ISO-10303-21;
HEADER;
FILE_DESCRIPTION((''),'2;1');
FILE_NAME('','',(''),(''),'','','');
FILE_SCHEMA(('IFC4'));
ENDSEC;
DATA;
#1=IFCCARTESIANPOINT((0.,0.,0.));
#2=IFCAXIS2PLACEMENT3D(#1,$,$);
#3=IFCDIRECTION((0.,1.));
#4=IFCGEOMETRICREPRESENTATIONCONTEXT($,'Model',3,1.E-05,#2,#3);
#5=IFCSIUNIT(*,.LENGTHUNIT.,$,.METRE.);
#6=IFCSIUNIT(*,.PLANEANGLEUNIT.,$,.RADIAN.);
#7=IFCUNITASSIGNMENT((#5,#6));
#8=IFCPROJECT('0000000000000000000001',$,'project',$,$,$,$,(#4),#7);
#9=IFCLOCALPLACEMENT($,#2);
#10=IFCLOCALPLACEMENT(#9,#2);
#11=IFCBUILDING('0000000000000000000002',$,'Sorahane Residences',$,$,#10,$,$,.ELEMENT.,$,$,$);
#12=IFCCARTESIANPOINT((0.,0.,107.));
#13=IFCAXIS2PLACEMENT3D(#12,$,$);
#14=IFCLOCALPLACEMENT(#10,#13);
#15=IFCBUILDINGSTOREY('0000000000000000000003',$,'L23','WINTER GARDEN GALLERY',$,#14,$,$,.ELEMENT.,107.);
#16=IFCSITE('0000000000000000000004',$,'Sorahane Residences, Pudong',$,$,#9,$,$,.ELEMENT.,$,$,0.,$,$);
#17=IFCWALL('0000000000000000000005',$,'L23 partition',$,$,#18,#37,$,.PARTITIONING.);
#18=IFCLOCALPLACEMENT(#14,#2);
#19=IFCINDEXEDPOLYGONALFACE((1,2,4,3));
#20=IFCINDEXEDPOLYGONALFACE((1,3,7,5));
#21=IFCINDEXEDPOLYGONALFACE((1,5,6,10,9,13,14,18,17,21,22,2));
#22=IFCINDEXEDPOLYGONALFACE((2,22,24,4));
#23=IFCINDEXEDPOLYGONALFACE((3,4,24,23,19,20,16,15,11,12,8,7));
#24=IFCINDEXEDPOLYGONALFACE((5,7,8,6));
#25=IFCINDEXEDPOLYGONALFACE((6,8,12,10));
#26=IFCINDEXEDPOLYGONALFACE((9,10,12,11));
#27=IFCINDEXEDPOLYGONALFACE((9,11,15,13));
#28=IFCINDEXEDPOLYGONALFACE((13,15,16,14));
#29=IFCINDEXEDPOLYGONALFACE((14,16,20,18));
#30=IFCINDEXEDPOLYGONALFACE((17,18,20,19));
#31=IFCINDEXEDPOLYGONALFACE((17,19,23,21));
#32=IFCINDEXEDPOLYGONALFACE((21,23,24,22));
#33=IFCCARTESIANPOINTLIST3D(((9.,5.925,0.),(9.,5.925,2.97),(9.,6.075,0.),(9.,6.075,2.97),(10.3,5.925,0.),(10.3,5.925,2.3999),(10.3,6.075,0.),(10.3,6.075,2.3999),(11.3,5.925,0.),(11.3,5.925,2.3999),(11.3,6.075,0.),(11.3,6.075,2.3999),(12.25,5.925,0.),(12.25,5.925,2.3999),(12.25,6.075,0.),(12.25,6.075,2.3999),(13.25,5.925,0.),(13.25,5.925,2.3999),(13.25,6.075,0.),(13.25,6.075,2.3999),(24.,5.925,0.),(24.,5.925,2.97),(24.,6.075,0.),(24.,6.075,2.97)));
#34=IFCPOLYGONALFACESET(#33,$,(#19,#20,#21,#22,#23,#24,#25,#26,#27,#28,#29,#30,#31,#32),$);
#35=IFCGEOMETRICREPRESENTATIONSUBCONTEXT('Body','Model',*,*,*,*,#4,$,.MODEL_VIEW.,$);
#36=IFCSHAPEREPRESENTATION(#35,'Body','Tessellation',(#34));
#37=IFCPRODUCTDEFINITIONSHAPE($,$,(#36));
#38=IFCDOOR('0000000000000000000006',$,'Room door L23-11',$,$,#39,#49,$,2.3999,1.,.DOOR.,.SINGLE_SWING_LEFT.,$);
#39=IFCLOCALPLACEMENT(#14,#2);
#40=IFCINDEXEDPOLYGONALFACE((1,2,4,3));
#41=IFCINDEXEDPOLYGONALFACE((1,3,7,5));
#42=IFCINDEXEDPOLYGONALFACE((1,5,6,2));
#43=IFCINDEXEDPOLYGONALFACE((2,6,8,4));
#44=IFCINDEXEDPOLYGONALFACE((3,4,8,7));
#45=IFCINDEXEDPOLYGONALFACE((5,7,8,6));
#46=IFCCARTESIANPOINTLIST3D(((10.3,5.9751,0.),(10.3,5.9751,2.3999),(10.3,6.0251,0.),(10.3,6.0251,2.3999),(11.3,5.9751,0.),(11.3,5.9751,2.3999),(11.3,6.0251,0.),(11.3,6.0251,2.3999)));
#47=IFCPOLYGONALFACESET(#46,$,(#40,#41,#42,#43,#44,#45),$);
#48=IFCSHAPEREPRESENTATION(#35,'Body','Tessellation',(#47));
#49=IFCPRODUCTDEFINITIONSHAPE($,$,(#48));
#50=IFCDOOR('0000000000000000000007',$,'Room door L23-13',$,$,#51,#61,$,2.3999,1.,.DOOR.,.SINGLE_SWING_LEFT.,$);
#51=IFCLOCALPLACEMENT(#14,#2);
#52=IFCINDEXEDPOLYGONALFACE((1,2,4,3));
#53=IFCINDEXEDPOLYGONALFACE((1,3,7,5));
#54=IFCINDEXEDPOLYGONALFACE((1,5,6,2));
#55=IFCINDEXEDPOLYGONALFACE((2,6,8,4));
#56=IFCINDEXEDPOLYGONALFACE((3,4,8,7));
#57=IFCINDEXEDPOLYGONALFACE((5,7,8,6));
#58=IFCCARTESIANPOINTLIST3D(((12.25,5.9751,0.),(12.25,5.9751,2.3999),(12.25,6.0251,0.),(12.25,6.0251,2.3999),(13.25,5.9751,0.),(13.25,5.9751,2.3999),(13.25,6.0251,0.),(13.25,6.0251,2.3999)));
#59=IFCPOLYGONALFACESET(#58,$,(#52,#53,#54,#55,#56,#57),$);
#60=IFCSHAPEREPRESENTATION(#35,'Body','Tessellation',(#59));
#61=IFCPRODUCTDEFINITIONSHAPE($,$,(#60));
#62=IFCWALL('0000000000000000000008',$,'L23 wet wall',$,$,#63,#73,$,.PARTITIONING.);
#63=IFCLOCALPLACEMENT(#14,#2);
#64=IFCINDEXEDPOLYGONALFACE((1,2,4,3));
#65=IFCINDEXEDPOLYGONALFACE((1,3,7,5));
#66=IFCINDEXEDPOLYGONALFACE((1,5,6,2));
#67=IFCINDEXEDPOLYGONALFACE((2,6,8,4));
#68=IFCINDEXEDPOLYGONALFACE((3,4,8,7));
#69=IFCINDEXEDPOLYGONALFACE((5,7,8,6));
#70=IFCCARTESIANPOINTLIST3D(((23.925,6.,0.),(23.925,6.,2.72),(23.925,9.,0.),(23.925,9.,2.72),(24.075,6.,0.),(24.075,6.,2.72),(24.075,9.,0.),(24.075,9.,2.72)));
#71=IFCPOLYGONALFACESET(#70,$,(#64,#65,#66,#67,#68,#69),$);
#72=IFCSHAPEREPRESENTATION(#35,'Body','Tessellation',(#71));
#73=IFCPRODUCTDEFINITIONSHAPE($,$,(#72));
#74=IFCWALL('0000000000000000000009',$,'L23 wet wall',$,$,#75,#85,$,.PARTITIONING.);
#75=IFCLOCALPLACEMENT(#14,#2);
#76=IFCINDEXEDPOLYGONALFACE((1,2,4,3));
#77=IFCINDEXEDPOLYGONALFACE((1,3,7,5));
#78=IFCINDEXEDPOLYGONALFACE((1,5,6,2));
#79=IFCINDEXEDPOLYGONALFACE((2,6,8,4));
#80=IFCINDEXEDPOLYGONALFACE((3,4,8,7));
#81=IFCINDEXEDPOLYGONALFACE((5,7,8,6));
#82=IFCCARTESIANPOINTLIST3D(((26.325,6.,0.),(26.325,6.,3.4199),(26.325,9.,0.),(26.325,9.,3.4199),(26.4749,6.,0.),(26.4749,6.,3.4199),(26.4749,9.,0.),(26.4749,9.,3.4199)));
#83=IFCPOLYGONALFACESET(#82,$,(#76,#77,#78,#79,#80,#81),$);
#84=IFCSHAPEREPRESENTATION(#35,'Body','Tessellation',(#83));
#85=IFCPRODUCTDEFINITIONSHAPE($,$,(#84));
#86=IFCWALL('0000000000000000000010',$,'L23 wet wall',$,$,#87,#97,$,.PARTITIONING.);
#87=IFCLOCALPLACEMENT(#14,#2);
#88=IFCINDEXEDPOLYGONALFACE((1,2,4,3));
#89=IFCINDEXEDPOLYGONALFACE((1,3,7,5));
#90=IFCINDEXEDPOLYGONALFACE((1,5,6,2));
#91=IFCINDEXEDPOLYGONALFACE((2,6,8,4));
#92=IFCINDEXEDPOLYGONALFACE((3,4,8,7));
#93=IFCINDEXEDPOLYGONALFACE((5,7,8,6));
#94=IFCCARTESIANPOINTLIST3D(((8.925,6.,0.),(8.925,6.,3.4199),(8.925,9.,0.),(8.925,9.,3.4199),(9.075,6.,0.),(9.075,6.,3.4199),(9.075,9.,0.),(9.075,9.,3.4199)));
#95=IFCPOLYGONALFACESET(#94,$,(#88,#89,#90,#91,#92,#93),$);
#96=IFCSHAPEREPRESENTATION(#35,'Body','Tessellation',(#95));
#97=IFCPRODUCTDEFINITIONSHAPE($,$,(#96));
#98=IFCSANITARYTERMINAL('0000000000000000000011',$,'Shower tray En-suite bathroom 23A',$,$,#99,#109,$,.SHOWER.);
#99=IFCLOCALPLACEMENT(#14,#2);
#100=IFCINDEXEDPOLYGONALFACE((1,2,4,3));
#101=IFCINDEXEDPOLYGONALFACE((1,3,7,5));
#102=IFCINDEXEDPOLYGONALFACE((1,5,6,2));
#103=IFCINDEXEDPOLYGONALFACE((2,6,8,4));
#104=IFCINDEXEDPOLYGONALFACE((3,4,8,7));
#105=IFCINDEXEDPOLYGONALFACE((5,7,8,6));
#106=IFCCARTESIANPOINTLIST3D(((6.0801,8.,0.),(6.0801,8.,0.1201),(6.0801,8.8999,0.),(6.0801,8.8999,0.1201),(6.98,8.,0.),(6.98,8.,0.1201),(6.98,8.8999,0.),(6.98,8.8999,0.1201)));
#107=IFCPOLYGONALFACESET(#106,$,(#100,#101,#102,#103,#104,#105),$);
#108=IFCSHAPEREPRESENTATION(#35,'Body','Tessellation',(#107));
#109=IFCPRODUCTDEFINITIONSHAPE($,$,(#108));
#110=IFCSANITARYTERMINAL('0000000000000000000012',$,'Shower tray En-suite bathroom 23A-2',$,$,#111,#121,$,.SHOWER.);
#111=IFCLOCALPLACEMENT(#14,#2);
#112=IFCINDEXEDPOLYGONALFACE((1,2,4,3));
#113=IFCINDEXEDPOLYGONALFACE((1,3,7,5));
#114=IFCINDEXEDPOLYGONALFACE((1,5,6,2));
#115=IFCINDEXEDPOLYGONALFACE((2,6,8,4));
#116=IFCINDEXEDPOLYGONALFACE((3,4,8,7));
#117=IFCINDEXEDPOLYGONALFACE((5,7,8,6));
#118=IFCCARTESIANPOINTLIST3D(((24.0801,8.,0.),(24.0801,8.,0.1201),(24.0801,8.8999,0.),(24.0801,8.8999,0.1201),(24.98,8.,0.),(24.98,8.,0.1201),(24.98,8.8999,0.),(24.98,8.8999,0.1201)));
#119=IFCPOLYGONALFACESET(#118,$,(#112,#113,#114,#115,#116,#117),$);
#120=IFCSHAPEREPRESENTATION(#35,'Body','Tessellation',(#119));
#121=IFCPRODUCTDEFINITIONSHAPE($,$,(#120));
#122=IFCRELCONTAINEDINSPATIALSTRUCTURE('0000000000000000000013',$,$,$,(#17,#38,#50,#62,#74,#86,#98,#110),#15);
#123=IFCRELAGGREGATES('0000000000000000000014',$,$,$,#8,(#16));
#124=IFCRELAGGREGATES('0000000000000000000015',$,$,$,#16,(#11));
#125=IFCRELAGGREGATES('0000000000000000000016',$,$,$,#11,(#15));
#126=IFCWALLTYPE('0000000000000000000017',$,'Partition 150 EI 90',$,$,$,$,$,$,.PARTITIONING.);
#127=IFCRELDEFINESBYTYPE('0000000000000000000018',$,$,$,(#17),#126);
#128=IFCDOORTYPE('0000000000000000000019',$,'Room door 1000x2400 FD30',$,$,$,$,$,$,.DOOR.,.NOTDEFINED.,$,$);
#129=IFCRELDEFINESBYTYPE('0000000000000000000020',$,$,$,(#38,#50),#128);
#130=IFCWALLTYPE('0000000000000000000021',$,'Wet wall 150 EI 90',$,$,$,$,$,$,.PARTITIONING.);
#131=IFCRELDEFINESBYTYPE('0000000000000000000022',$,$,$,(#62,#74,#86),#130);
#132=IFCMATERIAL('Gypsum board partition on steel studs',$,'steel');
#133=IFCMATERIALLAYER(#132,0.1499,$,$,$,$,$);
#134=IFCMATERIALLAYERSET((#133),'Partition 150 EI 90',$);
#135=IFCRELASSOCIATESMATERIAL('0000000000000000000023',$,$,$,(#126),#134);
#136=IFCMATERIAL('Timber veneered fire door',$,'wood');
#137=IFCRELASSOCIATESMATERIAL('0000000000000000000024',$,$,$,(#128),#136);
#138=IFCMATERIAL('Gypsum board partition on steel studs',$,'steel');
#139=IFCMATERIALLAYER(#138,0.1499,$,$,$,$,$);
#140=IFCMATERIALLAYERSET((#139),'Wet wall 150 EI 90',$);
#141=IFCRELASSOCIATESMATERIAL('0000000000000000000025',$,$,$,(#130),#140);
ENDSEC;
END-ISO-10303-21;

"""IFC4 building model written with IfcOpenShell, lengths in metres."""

from ifc_helpers import new_model, si_unit, direction, frame, frame_2d, origin, origin_2d, place, context, subcontext, project, spatial, rectangle, extrude, material, layer, layer_set, type_object, element, fill, save


model = new_model("IFC4")

# Units and contexts
model_context = context("Model", 3, precision=1e-05, world=origin(), true_north=direction((0.0, 1.0)))
body_context = subcontext(model_context, "Body", "Model", "MODEL_VIEW")
ifc_project = project(units=[si_unit("LENGTHUNIT", "METRE"), si_unit("PLANEANGLEUNIT", "RADIAN")], contexts=[model_context])

# Site, building, storey
site_placement = place(None, origin())
site = spatial("IfcSite", under=ifc_project, at=site_placement, Name="Sorahane Residences, Pudong", CompositionType="ELEMENT", RefElevation=0.0)
building_placement = place(site_placement, origin())
building = spatial("IfcBuilding", under=site, at=building_placement, Name="Sorahane Residences", CompositionType="ELEMENT")
storey_placement = place(building_placement, frame((0.0, 0.0, 107.0)))
storey = spatial("IfcBuildingStorey", under=building, at=storey_placement, Name="L23", Description="WINTER GARDEN GALLERY", CompositionType="ELEMENT", Elevation=107.0)

# Shared definitions
ifc_material_1 = material(Name="Gypsum board partition on steel studs", Category="steel")
ifc_layer_1 = layer(ifc_material_1, 0.1499)
ifc_layer_set_1 = layer_set([ifc_layer_1], Name="Partition 150 EI 90")
wall_type_1 = type_object("IfcWallType", Name="Partition 150 EI 90", PredefinedType="PARTITIONING", material=ifc_layer_set_1)

# Wall, openings, doors
wall_1_placement = place(storey_placement, frame((9.0, 6.0, 0.0), z_axis=(0.0, 0.0, 1.0), x_axis=(1.0, 0.0, 0.0)))
wall_1 = element("IfcWall", 1, at=wall_1_placement, inside=storey, type_object=wall_type_1, Name="L23 partition", PredefinedType="PARTITIONING", context=body_context, shape_type="SweptSolid", body=[
    extrude(rectangle(XDim=15.0, YDim=0.1499, at=frame_2d((7.5, 0.0))), origin(), (0.0, 0.0, 1.0), 2.97),
])
opening_1_placement = place(wall_1_placement, frame((1.3, 0.0, 0.0)))
opening_1 = element("IfcOpeningElement", 2, at=opening_1_placement, cuts=wall_1, PredefinedType="OPENING", context=body_context, shape_type="SweptSolid", body=[
    extrude(rectangle(XDim=1.0, YDim=2.3999, at=frame_2d((0.5, 1.2))), frame((0.0, 0.085, 0.0), z_axis=(0.0, -1.0, 0.0), x_axis=(1.0, 0.0, 0.0)), (0.0, 0.0, 1.0), 0.1699),
])
opening_2_placement = place(wall_1_placement, frame((3.25, 0.0, 0.0)))
opening_2 = element("IfcOpeningElement", 3, at=opening_2_placement, cuts=wall_1, PredefinedType="OPENING", context=body_context, shape_type="SweptSolid", body=[
    extrude(rectangle(XDim=1.0, YDim=2.3999, at=frame_2d((0.5, 1.2))), frame((0.0, 0.085, 0.0), z_axis=(0.0, -1.0, 0.0), x_axis=(1.0, 0.0, 0.0)), (0.0, 0.0, 1.0), 0.1699),
])
ifc_material_2 = material(Name="Timber veneered fire door", Category="wood")
door_type_1 = type_object("IfcDoorType", Name="Room door 1000x2400 FD30", OperationType="NOTDEFINED", PredefinedType="DOOR", material=ifc_material_2)
door_1_placement = place(opening_1_placement, frame((1.0, 0.0, 0.0), z_axis=(0.0, 0.0, 1.0), x_axis=(-1.0, 0.0, 0.0)))
door_1 = element("IfcDoor", 4, at=door_1_placement, inside=storey, type_object=door_type_1, Name="Room door L23-11", OperationType="SINGLE_SWING_LEFT", OverallHeight=2.3999, OverallWidth=1.0, PredefinedType="DOOR", context=body_context, shape_type="SweptSolid", body=[
    extrude(rectangle(XDim=1.0, YDim=2.3999, at=frame_2d((0.5, 1.2))), frame((0.0, 0.0249, 0.0), z_axis=(0.0, -1.0, 0.0), x_axis=(1.0, 0.0, 0.0)), (0.0, 0.0, 1.0), 0.05),
])
fill(opening_1, door_1)
door_2_placement = place(opening_2_placement, frame((1.0, 0.0, 0.0), z_axis=(0.0, 0.0, 1.0), x_axis=(-1.0, 0.0, 0.0)))
door_2 = element("IfcDoor", 5, at=door_2_placement, inside=storey, type_object=door_type_1, Name="Room door L23-13", OperationType="SINGLE_SWING_LEFT", OverallHeight=2.3999, OverallWidth=1.0, PredefinedType="DOOR", context=body_context, shape_type="SweptSolid", body=[
    extrude(rectangle(XDim=1.0, YDim=2.3999, at=frame_2d((0.5, 1.2))), frame((0.0, 0.0249, 0.0), z_axis=(0.0, -1.0, 0.0), x_axis=(1.0, 0.0, 0.0)), (0.0, 0.0, 1.0), 0.05),
])
fill(opening_2, door_2)

# Walls
ifc_material_3 = material(Name="Gypsum board partition on steel studs", Category="steel")
ifc_layer_2 = layer(ifc_material_3, 0.1499)
ifc_layer_set_2 = layer_set([ifc_layer_2], Name="Wet wall 150 EI 90")
wall_type_2 = type_object("IfcWallType", Name="Wet wall 150 EI 90", PredefinedType="PARTITIONING", material=ifc_layer_set_2)
wall_2_placement = place(storey_placement, frame((24.0, 6.0, 0.0), z_axis=(0.0, 0.0, 1.0), x_axis=(0.0, 1.0, 0.0)))
element("IfcWall", 6, at=wall_2_placement, inside=storey, type_object=wall_type_2, Name="L23 wet wall", PredefinedType="PARTITIONING", context=body_context, shape_type="SweptSolid", body=[
    extrude(rectangle(XDim=3.0, YDim=0.1499, at=frame_2d((1.5, 0.0))), origin(), (0.0, 0.0, 1.0), 2.72),
])
for number, where, z_axis, x_axis, name in (
    (7, (26.3999, 6.0, 0.0), (0.0, 0.0, 1.0), (0.0, 1.0, 0.0), "L23 wet wall"),
    (8, (9.0, 6.0, 0.0), (0.0, 0.0, 1.0), (0.0, 1.0, 0.0), "L23 wet wall"),
):
    element("IfcWall", number, at=place(storey_placement, frame(where, z_axis=z_axis, x_axis=x_axis)), inside=storey, type_object=wall_type_2, Name=name, PredefinedType="PARTITIONING", context=body_context, shape_type="SweptSolid", body=[
        extrude(rectangle(XDim=3.0, YDim=0.1499, at=frame_2d((1.5, 0.0))), origin(), (0.0, 0.0, 1.0), 3.4199),
    ])

# Sanitary terminals
for number, where, z_axis, x_axis, name in (
    (9, (6.53, 8.45, 0.0), (0.0, 0.0, 1.0), (1.0, 0.0, 0.0), "Shower tray En-suite bathroom 23A"),
    (10, (24.53, 8.45, 0.0), (0.0, 0.0, 1.0), (1.0, 0.0, 0.0), "Shower tray En-suite bathroom 23A-2"),
):
    element("IfcSanitaryTerminal", number, at=place(storey_placement, frame(where, z_axis=z_axis, x_axis=x_axis)), inside=storey, Name=name, PredefinedType="SHOWER", context=body_context, shape_type="SweptSolid", body=[
        extrude(rectangle(XDim=0.8999, YDim=0.8999, at=origin_2d()), origin(), (0.0, 0.0, 1.0), 0.1201),
    ])

save(model, "model.ifc")
